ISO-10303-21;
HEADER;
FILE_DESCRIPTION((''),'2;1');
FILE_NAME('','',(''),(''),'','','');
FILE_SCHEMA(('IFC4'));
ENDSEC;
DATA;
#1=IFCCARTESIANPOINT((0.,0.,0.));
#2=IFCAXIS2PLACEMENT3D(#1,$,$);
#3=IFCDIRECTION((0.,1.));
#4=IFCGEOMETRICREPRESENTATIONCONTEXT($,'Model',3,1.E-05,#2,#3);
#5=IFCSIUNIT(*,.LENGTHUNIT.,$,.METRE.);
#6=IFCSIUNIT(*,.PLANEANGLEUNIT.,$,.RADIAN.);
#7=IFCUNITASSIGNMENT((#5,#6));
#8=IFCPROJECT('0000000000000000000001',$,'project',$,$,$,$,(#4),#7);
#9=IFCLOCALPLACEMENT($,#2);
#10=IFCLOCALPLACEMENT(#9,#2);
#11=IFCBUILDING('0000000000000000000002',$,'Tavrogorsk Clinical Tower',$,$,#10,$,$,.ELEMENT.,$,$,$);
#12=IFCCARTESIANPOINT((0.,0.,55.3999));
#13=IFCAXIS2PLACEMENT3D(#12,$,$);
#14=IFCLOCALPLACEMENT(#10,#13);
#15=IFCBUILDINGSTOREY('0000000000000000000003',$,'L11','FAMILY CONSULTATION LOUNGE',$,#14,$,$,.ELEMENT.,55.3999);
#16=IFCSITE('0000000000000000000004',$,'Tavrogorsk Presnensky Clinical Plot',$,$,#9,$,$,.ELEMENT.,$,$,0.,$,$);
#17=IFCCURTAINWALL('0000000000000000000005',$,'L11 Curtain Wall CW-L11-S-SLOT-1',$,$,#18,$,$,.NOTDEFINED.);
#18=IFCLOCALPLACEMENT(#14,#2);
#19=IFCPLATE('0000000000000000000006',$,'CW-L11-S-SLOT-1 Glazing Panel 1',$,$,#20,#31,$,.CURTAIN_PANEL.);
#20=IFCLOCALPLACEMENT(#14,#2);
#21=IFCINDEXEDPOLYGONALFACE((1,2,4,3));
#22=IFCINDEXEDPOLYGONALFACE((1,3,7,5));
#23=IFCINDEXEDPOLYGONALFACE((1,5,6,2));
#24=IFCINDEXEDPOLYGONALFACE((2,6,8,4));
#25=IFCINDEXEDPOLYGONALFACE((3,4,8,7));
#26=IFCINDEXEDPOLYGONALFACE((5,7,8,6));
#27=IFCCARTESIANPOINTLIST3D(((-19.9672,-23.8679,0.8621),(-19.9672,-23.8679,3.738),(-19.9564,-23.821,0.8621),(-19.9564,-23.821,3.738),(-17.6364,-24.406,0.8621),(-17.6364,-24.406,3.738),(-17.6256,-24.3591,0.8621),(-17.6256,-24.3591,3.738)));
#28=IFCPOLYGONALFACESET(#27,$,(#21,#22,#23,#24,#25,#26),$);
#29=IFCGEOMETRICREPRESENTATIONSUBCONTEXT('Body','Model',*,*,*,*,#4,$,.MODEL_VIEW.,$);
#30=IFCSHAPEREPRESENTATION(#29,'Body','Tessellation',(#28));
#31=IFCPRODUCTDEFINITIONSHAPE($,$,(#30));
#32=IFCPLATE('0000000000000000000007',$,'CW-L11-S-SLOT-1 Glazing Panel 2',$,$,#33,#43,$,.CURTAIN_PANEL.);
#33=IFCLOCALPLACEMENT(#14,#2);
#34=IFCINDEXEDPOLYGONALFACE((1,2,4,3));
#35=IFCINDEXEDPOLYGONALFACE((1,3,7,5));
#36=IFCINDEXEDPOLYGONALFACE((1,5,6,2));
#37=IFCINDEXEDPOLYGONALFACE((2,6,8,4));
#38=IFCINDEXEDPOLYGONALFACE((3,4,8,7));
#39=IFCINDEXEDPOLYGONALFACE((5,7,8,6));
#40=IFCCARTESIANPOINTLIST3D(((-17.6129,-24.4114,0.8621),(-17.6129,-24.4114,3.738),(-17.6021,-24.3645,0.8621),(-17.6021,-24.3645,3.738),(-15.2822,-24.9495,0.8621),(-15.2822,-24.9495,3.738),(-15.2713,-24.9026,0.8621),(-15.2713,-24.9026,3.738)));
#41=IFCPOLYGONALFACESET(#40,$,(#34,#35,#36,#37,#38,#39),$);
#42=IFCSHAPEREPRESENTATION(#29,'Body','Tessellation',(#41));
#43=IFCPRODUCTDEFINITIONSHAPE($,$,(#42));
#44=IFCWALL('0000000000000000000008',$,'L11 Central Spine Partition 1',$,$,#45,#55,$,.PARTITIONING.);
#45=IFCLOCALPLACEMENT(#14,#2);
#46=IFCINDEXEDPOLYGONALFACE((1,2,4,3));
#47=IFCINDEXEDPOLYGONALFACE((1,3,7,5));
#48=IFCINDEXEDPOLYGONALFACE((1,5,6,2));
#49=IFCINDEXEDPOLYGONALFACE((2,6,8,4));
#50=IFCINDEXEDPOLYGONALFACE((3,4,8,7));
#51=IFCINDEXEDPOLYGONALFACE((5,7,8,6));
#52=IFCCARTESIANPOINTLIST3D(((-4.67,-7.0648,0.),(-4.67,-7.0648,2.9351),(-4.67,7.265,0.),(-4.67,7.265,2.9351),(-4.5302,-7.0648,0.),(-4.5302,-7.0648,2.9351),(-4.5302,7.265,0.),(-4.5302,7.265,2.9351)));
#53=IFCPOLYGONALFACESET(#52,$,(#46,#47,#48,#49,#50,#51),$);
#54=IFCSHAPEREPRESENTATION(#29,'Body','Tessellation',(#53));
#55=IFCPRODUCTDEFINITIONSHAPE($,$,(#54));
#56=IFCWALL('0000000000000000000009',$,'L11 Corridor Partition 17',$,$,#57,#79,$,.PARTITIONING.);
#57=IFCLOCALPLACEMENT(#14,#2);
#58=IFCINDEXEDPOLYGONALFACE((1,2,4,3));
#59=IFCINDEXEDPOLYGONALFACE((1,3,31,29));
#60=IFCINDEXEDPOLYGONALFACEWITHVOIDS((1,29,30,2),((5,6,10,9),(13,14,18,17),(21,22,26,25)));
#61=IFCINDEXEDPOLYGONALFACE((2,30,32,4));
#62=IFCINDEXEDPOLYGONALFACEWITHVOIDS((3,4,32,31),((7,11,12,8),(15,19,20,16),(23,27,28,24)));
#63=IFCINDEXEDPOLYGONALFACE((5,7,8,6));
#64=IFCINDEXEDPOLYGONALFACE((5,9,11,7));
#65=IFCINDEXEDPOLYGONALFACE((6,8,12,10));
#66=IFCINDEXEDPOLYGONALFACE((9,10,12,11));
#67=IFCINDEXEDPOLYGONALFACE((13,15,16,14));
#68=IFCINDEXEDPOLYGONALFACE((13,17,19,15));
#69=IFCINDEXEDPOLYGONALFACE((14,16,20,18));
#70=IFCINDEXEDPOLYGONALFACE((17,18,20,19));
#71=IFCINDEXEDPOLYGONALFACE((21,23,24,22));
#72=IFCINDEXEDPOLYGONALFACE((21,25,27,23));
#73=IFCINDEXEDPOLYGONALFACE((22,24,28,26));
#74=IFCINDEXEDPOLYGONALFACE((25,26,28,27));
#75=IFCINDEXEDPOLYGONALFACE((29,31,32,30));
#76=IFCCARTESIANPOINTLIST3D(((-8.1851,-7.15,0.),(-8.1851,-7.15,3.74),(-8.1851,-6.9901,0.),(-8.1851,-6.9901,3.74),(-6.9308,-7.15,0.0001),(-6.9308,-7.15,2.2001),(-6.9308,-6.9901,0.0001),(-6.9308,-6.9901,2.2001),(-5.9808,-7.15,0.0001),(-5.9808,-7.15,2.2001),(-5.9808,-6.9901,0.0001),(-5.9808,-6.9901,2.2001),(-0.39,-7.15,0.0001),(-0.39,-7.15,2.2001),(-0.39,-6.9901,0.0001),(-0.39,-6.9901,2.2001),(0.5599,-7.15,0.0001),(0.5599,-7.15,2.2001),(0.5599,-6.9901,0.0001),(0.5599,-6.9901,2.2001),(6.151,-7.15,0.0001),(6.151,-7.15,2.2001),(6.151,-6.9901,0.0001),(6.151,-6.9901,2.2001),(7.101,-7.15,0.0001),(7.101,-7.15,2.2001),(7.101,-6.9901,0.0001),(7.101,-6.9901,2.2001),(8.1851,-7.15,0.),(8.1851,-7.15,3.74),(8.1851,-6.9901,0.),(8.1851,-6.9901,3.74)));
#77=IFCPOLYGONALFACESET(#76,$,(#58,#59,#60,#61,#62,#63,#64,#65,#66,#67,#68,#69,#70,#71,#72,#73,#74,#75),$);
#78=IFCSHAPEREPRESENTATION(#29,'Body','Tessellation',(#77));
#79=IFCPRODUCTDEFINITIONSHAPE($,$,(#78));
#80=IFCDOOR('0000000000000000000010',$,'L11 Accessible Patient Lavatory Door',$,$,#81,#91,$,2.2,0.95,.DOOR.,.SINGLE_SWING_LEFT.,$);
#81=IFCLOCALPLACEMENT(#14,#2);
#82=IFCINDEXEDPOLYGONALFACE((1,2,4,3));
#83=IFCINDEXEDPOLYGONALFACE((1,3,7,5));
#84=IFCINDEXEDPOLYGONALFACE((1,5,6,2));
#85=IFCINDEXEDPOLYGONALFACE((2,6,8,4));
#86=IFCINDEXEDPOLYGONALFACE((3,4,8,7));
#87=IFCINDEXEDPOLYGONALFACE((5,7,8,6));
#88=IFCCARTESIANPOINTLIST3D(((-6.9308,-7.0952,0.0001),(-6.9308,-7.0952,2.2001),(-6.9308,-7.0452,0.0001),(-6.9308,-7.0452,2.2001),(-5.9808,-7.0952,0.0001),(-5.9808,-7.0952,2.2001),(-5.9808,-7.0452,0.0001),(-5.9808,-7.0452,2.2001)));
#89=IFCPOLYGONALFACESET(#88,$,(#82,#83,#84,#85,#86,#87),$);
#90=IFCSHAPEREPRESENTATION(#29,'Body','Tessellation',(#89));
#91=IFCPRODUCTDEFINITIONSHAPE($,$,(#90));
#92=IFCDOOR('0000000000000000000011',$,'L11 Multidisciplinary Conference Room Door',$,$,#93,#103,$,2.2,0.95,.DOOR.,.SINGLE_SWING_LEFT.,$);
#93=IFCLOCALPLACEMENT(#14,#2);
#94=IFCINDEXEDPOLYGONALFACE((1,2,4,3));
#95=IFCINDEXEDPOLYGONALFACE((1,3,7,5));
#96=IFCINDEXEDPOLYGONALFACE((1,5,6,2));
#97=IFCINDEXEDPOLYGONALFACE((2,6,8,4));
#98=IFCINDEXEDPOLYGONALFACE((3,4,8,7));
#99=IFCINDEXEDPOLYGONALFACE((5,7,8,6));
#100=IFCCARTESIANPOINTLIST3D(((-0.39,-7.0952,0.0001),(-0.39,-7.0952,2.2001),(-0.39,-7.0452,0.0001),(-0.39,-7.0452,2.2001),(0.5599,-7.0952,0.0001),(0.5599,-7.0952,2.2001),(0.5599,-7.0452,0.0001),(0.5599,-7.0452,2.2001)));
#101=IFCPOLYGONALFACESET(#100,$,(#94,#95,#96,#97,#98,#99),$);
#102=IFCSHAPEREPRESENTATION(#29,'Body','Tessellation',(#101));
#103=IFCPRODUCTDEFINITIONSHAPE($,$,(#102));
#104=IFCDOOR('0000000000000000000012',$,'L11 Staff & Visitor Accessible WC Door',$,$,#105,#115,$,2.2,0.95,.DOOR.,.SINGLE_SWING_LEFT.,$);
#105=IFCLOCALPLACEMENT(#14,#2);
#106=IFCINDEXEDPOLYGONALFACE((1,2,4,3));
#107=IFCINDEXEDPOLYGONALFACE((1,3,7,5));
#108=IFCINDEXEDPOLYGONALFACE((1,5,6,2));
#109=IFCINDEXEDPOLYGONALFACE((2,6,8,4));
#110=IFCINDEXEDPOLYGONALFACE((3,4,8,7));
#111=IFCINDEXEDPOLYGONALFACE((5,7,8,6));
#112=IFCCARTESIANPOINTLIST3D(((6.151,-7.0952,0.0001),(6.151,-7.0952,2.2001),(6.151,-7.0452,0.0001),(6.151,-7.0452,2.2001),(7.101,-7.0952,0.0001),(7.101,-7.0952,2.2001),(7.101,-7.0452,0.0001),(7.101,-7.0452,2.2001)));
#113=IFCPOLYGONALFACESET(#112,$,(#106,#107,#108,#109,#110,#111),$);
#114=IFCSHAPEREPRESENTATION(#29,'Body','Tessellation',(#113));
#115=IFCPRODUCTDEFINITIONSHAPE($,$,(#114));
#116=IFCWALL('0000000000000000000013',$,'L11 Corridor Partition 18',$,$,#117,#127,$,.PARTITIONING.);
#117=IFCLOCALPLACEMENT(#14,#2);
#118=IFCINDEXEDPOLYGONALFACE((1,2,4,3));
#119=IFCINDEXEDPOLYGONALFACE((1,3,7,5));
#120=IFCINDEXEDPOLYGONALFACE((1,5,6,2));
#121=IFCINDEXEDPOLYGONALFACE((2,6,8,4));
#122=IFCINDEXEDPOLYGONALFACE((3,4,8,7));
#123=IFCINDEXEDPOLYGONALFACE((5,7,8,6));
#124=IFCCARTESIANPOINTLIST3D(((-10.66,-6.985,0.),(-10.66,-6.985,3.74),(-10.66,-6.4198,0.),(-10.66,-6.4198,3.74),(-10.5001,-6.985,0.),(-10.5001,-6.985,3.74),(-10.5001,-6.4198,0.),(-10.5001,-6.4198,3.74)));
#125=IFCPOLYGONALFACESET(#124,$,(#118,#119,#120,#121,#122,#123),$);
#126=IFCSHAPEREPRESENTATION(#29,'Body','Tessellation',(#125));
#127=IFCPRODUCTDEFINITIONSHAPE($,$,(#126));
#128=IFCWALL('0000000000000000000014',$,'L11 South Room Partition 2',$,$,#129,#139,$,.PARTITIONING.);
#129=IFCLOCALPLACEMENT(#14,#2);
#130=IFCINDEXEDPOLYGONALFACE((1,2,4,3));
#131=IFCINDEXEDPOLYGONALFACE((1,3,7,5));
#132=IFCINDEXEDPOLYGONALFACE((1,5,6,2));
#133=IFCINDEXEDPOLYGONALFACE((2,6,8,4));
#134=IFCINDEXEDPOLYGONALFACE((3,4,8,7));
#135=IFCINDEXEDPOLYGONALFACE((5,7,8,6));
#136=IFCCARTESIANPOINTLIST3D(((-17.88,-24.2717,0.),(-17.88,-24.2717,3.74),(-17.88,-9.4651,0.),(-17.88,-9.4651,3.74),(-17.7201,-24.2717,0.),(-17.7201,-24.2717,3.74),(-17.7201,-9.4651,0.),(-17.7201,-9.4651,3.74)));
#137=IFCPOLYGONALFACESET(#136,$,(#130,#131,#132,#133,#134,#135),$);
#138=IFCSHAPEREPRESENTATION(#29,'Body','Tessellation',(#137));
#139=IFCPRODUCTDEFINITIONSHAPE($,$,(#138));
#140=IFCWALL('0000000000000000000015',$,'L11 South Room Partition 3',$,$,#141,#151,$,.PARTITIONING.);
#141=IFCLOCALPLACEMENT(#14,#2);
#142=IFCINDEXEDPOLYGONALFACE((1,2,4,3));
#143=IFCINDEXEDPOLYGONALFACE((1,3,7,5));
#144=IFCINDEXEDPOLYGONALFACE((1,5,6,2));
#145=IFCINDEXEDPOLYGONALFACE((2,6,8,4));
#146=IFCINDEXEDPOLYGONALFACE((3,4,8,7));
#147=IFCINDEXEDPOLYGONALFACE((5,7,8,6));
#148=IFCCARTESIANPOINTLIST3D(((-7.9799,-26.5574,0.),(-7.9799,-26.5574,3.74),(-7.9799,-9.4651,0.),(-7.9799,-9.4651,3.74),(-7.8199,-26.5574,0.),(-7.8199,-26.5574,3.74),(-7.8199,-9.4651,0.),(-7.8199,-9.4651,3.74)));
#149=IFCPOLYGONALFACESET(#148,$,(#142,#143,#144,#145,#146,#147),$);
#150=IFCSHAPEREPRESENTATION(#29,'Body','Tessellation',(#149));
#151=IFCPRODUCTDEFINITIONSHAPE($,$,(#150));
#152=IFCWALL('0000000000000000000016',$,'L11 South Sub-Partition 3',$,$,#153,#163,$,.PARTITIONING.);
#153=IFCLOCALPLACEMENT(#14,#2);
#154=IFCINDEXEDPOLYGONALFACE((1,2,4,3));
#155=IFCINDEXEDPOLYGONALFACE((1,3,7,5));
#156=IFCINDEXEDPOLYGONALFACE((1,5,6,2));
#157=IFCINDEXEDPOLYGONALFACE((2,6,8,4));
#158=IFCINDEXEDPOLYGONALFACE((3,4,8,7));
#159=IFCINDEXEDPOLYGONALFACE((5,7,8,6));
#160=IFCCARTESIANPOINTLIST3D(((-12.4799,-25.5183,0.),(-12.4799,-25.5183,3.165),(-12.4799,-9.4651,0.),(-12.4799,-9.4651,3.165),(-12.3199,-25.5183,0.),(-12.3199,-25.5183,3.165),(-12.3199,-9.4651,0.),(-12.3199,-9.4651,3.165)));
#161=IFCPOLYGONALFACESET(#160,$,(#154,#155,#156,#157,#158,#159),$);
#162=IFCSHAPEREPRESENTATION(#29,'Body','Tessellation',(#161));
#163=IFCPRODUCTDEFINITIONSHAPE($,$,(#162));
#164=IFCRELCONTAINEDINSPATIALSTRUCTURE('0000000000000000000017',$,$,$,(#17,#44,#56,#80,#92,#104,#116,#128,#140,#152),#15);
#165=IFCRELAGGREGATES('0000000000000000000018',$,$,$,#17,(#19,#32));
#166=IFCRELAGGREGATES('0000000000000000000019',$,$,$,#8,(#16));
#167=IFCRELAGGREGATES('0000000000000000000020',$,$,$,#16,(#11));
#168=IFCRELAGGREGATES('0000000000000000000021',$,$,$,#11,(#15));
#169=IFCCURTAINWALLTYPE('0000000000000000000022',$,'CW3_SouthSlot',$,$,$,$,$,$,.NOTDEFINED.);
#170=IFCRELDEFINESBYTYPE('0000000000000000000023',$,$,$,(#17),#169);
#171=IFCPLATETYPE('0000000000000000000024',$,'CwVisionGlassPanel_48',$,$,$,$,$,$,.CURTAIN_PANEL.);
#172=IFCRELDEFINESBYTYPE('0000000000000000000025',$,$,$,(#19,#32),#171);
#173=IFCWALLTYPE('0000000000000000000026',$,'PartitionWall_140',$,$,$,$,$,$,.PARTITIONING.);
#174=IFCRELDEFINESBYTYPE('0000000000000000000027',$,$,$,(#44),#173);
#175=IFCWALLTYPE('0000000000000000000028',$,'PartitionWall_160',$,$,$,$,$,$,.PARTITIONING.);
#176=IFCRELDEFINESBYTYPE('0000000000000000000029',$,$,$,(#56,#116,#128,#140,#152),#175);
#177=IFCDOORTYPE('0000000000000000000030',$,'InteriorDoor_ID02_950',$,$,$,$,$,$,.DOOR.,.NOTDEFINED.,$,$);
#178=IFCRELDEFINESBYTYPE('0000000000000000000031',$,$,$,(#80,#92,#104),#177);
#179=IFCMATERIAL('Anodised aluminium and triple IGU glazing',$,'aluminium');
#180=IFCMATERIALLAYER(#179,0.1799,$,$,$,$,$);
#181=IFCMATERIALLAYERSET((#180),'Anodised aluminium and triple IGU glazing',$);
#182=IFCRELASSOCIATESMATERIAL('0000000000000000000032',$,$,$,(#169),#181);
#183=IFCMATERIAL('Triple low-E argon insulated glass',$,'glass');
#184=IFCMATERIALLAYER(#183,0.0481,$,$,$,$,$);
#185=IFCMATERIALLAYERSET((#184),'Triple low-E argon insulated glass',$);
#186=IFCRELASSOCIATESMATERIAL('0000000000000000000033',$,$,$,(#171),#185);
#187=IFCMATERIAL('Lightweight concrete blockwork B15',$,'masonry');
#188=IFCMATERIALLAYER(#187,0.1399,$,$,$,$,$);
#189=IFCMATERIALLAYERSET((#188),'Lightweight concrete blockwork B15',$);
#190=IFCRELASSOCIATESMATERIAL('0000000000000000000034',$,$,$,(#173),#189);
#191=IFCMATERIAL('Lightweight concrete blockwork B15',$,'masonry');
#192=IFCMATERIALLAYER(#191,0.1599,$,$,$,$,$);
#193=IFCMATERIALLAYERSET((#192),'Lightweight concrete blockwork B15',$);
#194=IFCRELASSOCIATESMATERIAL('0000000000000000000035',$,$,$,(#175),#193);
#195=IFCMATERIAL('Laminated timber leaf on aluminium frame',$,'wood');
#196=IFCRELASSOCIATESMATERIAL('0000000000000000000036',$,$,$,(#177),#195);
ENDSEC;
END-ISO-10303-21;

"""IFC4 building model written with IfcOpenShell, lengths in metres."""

from ifc_helpers import new_model, si_unit, direction, frame, frame_2d, origin, origin_2d, place, context, subcontext, project, spatial, rectangle, extrude, material, layer, layer_set, type_object, element, fill, aggregate, save


model = new_model("IFC4")

# Units and contexts
model_context = context("Model", 3, precision=1e-05, world=origin(), true_north=direction((0.0, 1.0)))
body_context = subcontext(model_context, "Body", "Model", "MODEL_VIEW")
ifc_project = project(units=[si_unit("LENGTHUNIT", "METRE"), si_unit("PLANEANGLEUNIT", "RADIAN")], contexts=[model_context])

# Site, building, storey
site_placement = place(None, origin())
site = spatial("IfcSite", under=ifc_project, at=site_placement, Name="Tavrogorsk Presnensky Clinical Plot", CompositionType="ELEMENT", RefElevation=0.0)
building_placement = place(site_placement, origin())
building = spatial("IfcBuilding", under=site, at=building_placement, Name="Tavrogorsk Clinical Tower", CompositionType="ELEMENT")
storey_placement = place(building_placement, frame((0.0, 0.0, 55.3999)))
storey = spatial("IfcBuildingStorey", under=building, at=storey_placement, Name="L11", Description="FAMILY CONSULTATION LOUNGE", CompositionType="ELEMENT", Elevation=55.3999)

# Curtain wall
ifc_material_1 = material(Name="Anodised aluminium and triple IGU glazing", Category="aluminium")
ifc_layer_1 = layer(ifc_material_1, 0.1799)
ifc_layer_set_1 = layer_set([ifc_layer_1], Name="Anodised aluminium and triple IGU glazing")
curtain_wall_type = type_object("IfcCurtainWallType", Name="CW3_SouthSlot", PredefinedType="NOTDEFINED", material=ifc_layer_set_1)
curtain_wall_placement = place(storey_placement, origin())
curtain_wall = element("IfcCurtainWall", 1, at=curtain_wall_placement, inside=storey, type_object=curtain_wall_type, Name="L11 Curtain Wall CW-L11-S-SLOT-1", PredefinedType="NOTDEFINED")

# Plates
ifc_material_2 = material(Name="Triple low-E argon insulated glass", Category="glass")
ifc_layer_2 = layer(ifc_material_2, 0.0481)
ifc_layer_set_2 = layer_set([ifc_layer_2], Name="Triple low-E argon insulated glass")
plate_type_1 = type_object("IfcPlateType", Name="CwVisionGlassPanel_48", PredefinedType="CURTAIN_PANEL", material=ifc_layer_set_2)
plate_1_placement = place(storey_placement, frame((-18.7964, -24.1135, 0.8621), z_axis=(0.0, 0.0, 1.0), x_axis=(0.97437, -0.224951, 0.0)))
plate_1 = element("IfcPlate", 2, at=plate_1_placement, type_object=plate_type_1, Name="CW-L11-S-SLOT-1 Glazing Panel 1", PredefinedType="CURTAIN_PANEL", context=body_context, shape_type="SweptSolid", body=[
    extrude(rectangle(XDim=2.3921, YDim=0.0481, at=origin_2d()), origin(), (0.0, 0.0, 1.0), 2.876),
])
plate_2_placement = place(storey_placement, frame((-16.4421, -24.657, 0.8621), z_axis=(0.0, 0.0, 1.0), x_axis=(0.97437, -0.224951, 0.0)))
plate_2 = element("IfcPlate", 3, at=plate_2_placement, type_object=plate_type_1, Name="CW-L11-S-SLOT-1 Glazing Panel 2", PredefinedType="CURTAIN_PANEL", context=body_context, shape_type="SweptSolid", body=[
    extrude(rectangle(XDim=2.3921, YDim=0.0481, at=origin_2d()), origin(), (0.0, 0.0, 1.0), 2.876),
])
aggregate(curtain_wall, [plate_1, plate_2])

# Wall
ifc_material_3 = material(Name="Lightweight concrete blockwork B15", Category="masonry")
ifc_layer_3 = layer(ifc_material_3, 0.1399)
ifc_layer_set_3 = layer_set([ifc_layer_3], Name="Lightweight concrete blockwork B15")
wall_type_1 = type_object("IfcWallType", Name="PartitionWall_140", PredefinedType="PARTITIONING", material=ifc_layer_set_3)
wall_1_placement = place(storey_placement, frame((-4.6001, -7.0649, 0.0), z_axis=(0.0, 0.0, 1.0), x_axis=(0.0, 1.0, 0.0)))
element("IfcWall", 4, at=wall_1_placement, inside=storey, type_object=wall_type_1, Name="L11 Central Spine Partition 1", PredefinedType="PARTITIONING", context=body_context, shape_type="SweptSolid", body=[
    extrude(rectangle(XDim=14.3298, YDim=0.1399, at=frame_2d((7.165, 0.0))), origin(), (0.0, 0.0, 1.0), 2.9351),
])

# Wall, openings, doors
ifc_material_4 = material(Name="Lightweight concrete blockwork B15", Category="masonry")
ifc_layer_4 = layer(ifc_material_4, 0.1599)
ifc_layer_set_4 = layer_set([ifc_layer_4], Name="Lightweight concrete blockwork B15")
wall_type_2 = type_object("IfcWallType", Name="PartitionWall_160", PredefinedType="PARTITIONING", material=ifc_layer_set_4)
wall_2_placement = place(storey_placement, frame((-8.1851, -7.0701, 0.0), z_axis=(0.0, 0.0, 1.0), x_axis=(1.0, 0.0, 0.0)))
wall_2 = element("IfcWall", 5, at=wall_2_placement, inside=storey, type_object=wall_type_2, Name="L11 Corridor Partition 17", PredefinedType="PARTITIONING", context=body_context, shape_type="SweptSolid", body=[
    extrude(rectangle(XDim=16.3701, YDim=0.1599, at=frame_2d((8.1851, 0.0))), origin(), (0.0, 0.0, 1.0), 3.74),
])
opening_1_placement = place(wall_2_placement, frame((1.2542, 0.0, 0.0)))
opening_1 = element("IfcOpeningElement", 6, at=opening_1_placement, cuts=wall_2, PredefinedType="OPENING", context=body_context, shape_type="SweptSolid", body=[
    extrude(rectangle(XDim=0.95, YDim=2.2, at=frame_2d((0.4751, 1.1001))), frame((0.0, 0.0898, 0.0), z_axis=(0.0, -1.0, 0.0), x_axis=(1.0, 0.0, 0.0)), (0.0, 0.0, 1.0), 0.1799),
])
opening_2_placement = place(wall_2_placement, frame((7.7949, 0.0, 0.0)))
opening_2 = element("IfcOpeningElement", 7, at=opening_2_placement, cuts=wall_2, PredefinedType="OPENING", context=body_context, shape_type="SweptSolid", body=[
    extrude(rectangle(XDim=0.95, YDim=2.2, at=frame_2d((0.4751, 1.1001))), frame((0.0, 0.0898, 0.0), z_axis=(0.0, -1.0, 0.0), x_axis=(1.0, 0.0, 0.0)), (0.0, 0.0, 1.0), 0.1799),
])
opening_3_placement = place(wall_2_placement, frame((14.3359, 0.0, 0.0)))
opening_3 = element("IfcOpeningElement", 8, at=opening_3_placement, cuts=wall_2, PredefinedType="OPENING", context=body_context, shape_type="SweptSolid", body=[
    extrude(rectangle(XDim=0.95, YDim=2.2, at=frame_2d((0.4751, 1.1001))), frame((0.0, 0.0898, 0.0), z_axis=(0.0, -1.0, 0.0), x_axis=(1.0, 0.0, 0.0)), (0.0, 0.0, 1.0), 0.1799),
])
ifc_material_5 = material(Name="Laminated timber leaf on aluminium frame", Category="wood")
door_type = type_object("IfcDoorType", Name="InteriorDoor_ID02_950", OperationType="NOTDEFINED", PredefinedType="DOOR", material=ifc_material_5)
door_1_placement = place(opening_1_placement, origin())
door_1 = element("IfcDoor", 9, at=door_1_placement, inside=storey, type_object=door_type, Name="L11 Accessible Patient Lavatory Door", OperationType="SINGLE_SWING_LEFT", OverallHeight=2.2, OverallWidth=0.95, PredefinedType="DOOR", context=body_context, shape_type="SweptSolid", body=[
    extrude(rectangle(XDim=0.95, YDim=2.2, at=frame_2d((0.4751, 1.1001))), frame((0.0, 0.0249, 0.0), z_axis=(0.0, -1.0, 0.0), x_axis=(1.0, 0.0, 0.0)), (0.0, 0.0, 1.0), 0.05),
])
fill(opening_1, door_1)
door_2_placement = place(opening_2_placement, origin())
door_2 = element("IfcDoor", 10, at=door_2_placement, inside=storey, type_object=door_type, Name="L11 Multidisciplinary Conference Room Door", OperationType="SINGLE_SWING_LEFT", OverallHeight=2.2, OverallWidth=0.95, PredefinedType="DOOR", context=body_context, shape_type="SweptSolid", body=[
    extrude(rectangle(XDim=0.95, YDim=2.2, at=frame_2d((0.4751, 1.1001))), frame((0.0, 0.0249, 0.0), z_axis=(0.0, -1.0, 0.0), x_axis=(1.0, 0.0, 0.0)), (0.0, 0.0, 1.0), 0.05),
])
fill(opening_2, door_2)
door_3_placement = place(opening_3_placement, origin())
door_3 = element("IfcDoor", 11, at=door_3_placement, inside=storey, type_object=door_type, Name="L11 Staff & Visitor Accessible WC Door", OperationType="SINGLE_SWING_LEFT", OverallHeight=2.2, OverallWidth=0.95, PredefinedType="DOOR", context=body_context, shape_type="SweptSolid", body=[
    extrude(rectangle(XDim=0.95, YDim=2.2, at=frame_2d((0.4751, 1.1001))), frame((0.0, 0.0249, 0.0), z_axis=(0.0, -1.0, 0.0), x_axis=(1.0, 0.0, 0.0)), (0.0, 0.0, 1.0), 0.05),
])
fill(opening_3, door_3)

# Walls
wall_3_placement = place(storey_placement, frame((-10.5801, -6.9851, 0.0), z_axis=(0.0, 0.0, 1.0), x_axis=(0.0, 1.0, 0.0)))
element("IfcWall", 12, at=wall_3_placement, inside=storey, type_object=wall_type_2, Name="L11 Corridor Partition 18", PredefinedType="PARTITIONING", context=body_context, shape_type="SweptSolid", body=[
    extrude(rectangle(XDim=0.5652, YDim=0.1599, at=frame_2d((0.2827, 0.0))), origin(), (0.0, 0.0, 1.0), 3.74),
])
wall_4_placement = place(storey_placement, frame((-17.8, -24.2717, 0.0), z_axis=(0.0, 0.0, 1.0), x_axis=(0.0, 1.0, 0.0)))
element("IfcWall", 13, at=wall_4_placement, inside=storey, type_object=wall_type_2, Name="L11 South Room Partition 2", PredefinedType="PARTITIONING", context=body_context, shape_type="SweptSolid", body=[
    extrude(rectangle(XDim=14.8066, YDim=0.1599, at=frame_2d((7.4033, 0.0))), origin(), (0.0, 0.0, 1.0), 3.74),
])
wall_5_placement = place(storey_placement, frame((-7.8999, -26.5574, 0.0), z_axis=(0.0, 0.0, 1.0), x_axis=(0.0, 1.0, 0.0)))
element("IfcWall", 14, at=wall_5_placement, inside=storey, type_object=wall_type_2, Name="L11 South Room Partition 3", PredefinedType="PARTITIONING", context=body_context, shape_type="SweptSolid", body=[
    extrude(rectangle(XDim=17.0923, YDim=0.1599, at=frame_2d((8.5461, 0.0))), origin(), (0.0, 0.0, 1.0), 3.74),
])
wall_6_placement = place(storey_placement, frame((-12.3999, -25.5183, 0.0), z_axis=(0.0, 0.0, 1.0), x_axis=(0.0, 1.0, 0.0)))
element("IfcWall", 15, at=wall_6_placement, inside=storey, type_object=wall_type_2, Name="L11 South Sub-Partition 3", PredefinedType="PARTITIONING", context=body_context, shape_type="SweptSolid", body=[
    extrude(rectangle(XDim=16.0532, YDim=0.1599, at=frame_2d((8.0266, 0.0))), origin(), (0.0, 0.0, 1.0), 3.165),
])

save(model, "model.ifc")
